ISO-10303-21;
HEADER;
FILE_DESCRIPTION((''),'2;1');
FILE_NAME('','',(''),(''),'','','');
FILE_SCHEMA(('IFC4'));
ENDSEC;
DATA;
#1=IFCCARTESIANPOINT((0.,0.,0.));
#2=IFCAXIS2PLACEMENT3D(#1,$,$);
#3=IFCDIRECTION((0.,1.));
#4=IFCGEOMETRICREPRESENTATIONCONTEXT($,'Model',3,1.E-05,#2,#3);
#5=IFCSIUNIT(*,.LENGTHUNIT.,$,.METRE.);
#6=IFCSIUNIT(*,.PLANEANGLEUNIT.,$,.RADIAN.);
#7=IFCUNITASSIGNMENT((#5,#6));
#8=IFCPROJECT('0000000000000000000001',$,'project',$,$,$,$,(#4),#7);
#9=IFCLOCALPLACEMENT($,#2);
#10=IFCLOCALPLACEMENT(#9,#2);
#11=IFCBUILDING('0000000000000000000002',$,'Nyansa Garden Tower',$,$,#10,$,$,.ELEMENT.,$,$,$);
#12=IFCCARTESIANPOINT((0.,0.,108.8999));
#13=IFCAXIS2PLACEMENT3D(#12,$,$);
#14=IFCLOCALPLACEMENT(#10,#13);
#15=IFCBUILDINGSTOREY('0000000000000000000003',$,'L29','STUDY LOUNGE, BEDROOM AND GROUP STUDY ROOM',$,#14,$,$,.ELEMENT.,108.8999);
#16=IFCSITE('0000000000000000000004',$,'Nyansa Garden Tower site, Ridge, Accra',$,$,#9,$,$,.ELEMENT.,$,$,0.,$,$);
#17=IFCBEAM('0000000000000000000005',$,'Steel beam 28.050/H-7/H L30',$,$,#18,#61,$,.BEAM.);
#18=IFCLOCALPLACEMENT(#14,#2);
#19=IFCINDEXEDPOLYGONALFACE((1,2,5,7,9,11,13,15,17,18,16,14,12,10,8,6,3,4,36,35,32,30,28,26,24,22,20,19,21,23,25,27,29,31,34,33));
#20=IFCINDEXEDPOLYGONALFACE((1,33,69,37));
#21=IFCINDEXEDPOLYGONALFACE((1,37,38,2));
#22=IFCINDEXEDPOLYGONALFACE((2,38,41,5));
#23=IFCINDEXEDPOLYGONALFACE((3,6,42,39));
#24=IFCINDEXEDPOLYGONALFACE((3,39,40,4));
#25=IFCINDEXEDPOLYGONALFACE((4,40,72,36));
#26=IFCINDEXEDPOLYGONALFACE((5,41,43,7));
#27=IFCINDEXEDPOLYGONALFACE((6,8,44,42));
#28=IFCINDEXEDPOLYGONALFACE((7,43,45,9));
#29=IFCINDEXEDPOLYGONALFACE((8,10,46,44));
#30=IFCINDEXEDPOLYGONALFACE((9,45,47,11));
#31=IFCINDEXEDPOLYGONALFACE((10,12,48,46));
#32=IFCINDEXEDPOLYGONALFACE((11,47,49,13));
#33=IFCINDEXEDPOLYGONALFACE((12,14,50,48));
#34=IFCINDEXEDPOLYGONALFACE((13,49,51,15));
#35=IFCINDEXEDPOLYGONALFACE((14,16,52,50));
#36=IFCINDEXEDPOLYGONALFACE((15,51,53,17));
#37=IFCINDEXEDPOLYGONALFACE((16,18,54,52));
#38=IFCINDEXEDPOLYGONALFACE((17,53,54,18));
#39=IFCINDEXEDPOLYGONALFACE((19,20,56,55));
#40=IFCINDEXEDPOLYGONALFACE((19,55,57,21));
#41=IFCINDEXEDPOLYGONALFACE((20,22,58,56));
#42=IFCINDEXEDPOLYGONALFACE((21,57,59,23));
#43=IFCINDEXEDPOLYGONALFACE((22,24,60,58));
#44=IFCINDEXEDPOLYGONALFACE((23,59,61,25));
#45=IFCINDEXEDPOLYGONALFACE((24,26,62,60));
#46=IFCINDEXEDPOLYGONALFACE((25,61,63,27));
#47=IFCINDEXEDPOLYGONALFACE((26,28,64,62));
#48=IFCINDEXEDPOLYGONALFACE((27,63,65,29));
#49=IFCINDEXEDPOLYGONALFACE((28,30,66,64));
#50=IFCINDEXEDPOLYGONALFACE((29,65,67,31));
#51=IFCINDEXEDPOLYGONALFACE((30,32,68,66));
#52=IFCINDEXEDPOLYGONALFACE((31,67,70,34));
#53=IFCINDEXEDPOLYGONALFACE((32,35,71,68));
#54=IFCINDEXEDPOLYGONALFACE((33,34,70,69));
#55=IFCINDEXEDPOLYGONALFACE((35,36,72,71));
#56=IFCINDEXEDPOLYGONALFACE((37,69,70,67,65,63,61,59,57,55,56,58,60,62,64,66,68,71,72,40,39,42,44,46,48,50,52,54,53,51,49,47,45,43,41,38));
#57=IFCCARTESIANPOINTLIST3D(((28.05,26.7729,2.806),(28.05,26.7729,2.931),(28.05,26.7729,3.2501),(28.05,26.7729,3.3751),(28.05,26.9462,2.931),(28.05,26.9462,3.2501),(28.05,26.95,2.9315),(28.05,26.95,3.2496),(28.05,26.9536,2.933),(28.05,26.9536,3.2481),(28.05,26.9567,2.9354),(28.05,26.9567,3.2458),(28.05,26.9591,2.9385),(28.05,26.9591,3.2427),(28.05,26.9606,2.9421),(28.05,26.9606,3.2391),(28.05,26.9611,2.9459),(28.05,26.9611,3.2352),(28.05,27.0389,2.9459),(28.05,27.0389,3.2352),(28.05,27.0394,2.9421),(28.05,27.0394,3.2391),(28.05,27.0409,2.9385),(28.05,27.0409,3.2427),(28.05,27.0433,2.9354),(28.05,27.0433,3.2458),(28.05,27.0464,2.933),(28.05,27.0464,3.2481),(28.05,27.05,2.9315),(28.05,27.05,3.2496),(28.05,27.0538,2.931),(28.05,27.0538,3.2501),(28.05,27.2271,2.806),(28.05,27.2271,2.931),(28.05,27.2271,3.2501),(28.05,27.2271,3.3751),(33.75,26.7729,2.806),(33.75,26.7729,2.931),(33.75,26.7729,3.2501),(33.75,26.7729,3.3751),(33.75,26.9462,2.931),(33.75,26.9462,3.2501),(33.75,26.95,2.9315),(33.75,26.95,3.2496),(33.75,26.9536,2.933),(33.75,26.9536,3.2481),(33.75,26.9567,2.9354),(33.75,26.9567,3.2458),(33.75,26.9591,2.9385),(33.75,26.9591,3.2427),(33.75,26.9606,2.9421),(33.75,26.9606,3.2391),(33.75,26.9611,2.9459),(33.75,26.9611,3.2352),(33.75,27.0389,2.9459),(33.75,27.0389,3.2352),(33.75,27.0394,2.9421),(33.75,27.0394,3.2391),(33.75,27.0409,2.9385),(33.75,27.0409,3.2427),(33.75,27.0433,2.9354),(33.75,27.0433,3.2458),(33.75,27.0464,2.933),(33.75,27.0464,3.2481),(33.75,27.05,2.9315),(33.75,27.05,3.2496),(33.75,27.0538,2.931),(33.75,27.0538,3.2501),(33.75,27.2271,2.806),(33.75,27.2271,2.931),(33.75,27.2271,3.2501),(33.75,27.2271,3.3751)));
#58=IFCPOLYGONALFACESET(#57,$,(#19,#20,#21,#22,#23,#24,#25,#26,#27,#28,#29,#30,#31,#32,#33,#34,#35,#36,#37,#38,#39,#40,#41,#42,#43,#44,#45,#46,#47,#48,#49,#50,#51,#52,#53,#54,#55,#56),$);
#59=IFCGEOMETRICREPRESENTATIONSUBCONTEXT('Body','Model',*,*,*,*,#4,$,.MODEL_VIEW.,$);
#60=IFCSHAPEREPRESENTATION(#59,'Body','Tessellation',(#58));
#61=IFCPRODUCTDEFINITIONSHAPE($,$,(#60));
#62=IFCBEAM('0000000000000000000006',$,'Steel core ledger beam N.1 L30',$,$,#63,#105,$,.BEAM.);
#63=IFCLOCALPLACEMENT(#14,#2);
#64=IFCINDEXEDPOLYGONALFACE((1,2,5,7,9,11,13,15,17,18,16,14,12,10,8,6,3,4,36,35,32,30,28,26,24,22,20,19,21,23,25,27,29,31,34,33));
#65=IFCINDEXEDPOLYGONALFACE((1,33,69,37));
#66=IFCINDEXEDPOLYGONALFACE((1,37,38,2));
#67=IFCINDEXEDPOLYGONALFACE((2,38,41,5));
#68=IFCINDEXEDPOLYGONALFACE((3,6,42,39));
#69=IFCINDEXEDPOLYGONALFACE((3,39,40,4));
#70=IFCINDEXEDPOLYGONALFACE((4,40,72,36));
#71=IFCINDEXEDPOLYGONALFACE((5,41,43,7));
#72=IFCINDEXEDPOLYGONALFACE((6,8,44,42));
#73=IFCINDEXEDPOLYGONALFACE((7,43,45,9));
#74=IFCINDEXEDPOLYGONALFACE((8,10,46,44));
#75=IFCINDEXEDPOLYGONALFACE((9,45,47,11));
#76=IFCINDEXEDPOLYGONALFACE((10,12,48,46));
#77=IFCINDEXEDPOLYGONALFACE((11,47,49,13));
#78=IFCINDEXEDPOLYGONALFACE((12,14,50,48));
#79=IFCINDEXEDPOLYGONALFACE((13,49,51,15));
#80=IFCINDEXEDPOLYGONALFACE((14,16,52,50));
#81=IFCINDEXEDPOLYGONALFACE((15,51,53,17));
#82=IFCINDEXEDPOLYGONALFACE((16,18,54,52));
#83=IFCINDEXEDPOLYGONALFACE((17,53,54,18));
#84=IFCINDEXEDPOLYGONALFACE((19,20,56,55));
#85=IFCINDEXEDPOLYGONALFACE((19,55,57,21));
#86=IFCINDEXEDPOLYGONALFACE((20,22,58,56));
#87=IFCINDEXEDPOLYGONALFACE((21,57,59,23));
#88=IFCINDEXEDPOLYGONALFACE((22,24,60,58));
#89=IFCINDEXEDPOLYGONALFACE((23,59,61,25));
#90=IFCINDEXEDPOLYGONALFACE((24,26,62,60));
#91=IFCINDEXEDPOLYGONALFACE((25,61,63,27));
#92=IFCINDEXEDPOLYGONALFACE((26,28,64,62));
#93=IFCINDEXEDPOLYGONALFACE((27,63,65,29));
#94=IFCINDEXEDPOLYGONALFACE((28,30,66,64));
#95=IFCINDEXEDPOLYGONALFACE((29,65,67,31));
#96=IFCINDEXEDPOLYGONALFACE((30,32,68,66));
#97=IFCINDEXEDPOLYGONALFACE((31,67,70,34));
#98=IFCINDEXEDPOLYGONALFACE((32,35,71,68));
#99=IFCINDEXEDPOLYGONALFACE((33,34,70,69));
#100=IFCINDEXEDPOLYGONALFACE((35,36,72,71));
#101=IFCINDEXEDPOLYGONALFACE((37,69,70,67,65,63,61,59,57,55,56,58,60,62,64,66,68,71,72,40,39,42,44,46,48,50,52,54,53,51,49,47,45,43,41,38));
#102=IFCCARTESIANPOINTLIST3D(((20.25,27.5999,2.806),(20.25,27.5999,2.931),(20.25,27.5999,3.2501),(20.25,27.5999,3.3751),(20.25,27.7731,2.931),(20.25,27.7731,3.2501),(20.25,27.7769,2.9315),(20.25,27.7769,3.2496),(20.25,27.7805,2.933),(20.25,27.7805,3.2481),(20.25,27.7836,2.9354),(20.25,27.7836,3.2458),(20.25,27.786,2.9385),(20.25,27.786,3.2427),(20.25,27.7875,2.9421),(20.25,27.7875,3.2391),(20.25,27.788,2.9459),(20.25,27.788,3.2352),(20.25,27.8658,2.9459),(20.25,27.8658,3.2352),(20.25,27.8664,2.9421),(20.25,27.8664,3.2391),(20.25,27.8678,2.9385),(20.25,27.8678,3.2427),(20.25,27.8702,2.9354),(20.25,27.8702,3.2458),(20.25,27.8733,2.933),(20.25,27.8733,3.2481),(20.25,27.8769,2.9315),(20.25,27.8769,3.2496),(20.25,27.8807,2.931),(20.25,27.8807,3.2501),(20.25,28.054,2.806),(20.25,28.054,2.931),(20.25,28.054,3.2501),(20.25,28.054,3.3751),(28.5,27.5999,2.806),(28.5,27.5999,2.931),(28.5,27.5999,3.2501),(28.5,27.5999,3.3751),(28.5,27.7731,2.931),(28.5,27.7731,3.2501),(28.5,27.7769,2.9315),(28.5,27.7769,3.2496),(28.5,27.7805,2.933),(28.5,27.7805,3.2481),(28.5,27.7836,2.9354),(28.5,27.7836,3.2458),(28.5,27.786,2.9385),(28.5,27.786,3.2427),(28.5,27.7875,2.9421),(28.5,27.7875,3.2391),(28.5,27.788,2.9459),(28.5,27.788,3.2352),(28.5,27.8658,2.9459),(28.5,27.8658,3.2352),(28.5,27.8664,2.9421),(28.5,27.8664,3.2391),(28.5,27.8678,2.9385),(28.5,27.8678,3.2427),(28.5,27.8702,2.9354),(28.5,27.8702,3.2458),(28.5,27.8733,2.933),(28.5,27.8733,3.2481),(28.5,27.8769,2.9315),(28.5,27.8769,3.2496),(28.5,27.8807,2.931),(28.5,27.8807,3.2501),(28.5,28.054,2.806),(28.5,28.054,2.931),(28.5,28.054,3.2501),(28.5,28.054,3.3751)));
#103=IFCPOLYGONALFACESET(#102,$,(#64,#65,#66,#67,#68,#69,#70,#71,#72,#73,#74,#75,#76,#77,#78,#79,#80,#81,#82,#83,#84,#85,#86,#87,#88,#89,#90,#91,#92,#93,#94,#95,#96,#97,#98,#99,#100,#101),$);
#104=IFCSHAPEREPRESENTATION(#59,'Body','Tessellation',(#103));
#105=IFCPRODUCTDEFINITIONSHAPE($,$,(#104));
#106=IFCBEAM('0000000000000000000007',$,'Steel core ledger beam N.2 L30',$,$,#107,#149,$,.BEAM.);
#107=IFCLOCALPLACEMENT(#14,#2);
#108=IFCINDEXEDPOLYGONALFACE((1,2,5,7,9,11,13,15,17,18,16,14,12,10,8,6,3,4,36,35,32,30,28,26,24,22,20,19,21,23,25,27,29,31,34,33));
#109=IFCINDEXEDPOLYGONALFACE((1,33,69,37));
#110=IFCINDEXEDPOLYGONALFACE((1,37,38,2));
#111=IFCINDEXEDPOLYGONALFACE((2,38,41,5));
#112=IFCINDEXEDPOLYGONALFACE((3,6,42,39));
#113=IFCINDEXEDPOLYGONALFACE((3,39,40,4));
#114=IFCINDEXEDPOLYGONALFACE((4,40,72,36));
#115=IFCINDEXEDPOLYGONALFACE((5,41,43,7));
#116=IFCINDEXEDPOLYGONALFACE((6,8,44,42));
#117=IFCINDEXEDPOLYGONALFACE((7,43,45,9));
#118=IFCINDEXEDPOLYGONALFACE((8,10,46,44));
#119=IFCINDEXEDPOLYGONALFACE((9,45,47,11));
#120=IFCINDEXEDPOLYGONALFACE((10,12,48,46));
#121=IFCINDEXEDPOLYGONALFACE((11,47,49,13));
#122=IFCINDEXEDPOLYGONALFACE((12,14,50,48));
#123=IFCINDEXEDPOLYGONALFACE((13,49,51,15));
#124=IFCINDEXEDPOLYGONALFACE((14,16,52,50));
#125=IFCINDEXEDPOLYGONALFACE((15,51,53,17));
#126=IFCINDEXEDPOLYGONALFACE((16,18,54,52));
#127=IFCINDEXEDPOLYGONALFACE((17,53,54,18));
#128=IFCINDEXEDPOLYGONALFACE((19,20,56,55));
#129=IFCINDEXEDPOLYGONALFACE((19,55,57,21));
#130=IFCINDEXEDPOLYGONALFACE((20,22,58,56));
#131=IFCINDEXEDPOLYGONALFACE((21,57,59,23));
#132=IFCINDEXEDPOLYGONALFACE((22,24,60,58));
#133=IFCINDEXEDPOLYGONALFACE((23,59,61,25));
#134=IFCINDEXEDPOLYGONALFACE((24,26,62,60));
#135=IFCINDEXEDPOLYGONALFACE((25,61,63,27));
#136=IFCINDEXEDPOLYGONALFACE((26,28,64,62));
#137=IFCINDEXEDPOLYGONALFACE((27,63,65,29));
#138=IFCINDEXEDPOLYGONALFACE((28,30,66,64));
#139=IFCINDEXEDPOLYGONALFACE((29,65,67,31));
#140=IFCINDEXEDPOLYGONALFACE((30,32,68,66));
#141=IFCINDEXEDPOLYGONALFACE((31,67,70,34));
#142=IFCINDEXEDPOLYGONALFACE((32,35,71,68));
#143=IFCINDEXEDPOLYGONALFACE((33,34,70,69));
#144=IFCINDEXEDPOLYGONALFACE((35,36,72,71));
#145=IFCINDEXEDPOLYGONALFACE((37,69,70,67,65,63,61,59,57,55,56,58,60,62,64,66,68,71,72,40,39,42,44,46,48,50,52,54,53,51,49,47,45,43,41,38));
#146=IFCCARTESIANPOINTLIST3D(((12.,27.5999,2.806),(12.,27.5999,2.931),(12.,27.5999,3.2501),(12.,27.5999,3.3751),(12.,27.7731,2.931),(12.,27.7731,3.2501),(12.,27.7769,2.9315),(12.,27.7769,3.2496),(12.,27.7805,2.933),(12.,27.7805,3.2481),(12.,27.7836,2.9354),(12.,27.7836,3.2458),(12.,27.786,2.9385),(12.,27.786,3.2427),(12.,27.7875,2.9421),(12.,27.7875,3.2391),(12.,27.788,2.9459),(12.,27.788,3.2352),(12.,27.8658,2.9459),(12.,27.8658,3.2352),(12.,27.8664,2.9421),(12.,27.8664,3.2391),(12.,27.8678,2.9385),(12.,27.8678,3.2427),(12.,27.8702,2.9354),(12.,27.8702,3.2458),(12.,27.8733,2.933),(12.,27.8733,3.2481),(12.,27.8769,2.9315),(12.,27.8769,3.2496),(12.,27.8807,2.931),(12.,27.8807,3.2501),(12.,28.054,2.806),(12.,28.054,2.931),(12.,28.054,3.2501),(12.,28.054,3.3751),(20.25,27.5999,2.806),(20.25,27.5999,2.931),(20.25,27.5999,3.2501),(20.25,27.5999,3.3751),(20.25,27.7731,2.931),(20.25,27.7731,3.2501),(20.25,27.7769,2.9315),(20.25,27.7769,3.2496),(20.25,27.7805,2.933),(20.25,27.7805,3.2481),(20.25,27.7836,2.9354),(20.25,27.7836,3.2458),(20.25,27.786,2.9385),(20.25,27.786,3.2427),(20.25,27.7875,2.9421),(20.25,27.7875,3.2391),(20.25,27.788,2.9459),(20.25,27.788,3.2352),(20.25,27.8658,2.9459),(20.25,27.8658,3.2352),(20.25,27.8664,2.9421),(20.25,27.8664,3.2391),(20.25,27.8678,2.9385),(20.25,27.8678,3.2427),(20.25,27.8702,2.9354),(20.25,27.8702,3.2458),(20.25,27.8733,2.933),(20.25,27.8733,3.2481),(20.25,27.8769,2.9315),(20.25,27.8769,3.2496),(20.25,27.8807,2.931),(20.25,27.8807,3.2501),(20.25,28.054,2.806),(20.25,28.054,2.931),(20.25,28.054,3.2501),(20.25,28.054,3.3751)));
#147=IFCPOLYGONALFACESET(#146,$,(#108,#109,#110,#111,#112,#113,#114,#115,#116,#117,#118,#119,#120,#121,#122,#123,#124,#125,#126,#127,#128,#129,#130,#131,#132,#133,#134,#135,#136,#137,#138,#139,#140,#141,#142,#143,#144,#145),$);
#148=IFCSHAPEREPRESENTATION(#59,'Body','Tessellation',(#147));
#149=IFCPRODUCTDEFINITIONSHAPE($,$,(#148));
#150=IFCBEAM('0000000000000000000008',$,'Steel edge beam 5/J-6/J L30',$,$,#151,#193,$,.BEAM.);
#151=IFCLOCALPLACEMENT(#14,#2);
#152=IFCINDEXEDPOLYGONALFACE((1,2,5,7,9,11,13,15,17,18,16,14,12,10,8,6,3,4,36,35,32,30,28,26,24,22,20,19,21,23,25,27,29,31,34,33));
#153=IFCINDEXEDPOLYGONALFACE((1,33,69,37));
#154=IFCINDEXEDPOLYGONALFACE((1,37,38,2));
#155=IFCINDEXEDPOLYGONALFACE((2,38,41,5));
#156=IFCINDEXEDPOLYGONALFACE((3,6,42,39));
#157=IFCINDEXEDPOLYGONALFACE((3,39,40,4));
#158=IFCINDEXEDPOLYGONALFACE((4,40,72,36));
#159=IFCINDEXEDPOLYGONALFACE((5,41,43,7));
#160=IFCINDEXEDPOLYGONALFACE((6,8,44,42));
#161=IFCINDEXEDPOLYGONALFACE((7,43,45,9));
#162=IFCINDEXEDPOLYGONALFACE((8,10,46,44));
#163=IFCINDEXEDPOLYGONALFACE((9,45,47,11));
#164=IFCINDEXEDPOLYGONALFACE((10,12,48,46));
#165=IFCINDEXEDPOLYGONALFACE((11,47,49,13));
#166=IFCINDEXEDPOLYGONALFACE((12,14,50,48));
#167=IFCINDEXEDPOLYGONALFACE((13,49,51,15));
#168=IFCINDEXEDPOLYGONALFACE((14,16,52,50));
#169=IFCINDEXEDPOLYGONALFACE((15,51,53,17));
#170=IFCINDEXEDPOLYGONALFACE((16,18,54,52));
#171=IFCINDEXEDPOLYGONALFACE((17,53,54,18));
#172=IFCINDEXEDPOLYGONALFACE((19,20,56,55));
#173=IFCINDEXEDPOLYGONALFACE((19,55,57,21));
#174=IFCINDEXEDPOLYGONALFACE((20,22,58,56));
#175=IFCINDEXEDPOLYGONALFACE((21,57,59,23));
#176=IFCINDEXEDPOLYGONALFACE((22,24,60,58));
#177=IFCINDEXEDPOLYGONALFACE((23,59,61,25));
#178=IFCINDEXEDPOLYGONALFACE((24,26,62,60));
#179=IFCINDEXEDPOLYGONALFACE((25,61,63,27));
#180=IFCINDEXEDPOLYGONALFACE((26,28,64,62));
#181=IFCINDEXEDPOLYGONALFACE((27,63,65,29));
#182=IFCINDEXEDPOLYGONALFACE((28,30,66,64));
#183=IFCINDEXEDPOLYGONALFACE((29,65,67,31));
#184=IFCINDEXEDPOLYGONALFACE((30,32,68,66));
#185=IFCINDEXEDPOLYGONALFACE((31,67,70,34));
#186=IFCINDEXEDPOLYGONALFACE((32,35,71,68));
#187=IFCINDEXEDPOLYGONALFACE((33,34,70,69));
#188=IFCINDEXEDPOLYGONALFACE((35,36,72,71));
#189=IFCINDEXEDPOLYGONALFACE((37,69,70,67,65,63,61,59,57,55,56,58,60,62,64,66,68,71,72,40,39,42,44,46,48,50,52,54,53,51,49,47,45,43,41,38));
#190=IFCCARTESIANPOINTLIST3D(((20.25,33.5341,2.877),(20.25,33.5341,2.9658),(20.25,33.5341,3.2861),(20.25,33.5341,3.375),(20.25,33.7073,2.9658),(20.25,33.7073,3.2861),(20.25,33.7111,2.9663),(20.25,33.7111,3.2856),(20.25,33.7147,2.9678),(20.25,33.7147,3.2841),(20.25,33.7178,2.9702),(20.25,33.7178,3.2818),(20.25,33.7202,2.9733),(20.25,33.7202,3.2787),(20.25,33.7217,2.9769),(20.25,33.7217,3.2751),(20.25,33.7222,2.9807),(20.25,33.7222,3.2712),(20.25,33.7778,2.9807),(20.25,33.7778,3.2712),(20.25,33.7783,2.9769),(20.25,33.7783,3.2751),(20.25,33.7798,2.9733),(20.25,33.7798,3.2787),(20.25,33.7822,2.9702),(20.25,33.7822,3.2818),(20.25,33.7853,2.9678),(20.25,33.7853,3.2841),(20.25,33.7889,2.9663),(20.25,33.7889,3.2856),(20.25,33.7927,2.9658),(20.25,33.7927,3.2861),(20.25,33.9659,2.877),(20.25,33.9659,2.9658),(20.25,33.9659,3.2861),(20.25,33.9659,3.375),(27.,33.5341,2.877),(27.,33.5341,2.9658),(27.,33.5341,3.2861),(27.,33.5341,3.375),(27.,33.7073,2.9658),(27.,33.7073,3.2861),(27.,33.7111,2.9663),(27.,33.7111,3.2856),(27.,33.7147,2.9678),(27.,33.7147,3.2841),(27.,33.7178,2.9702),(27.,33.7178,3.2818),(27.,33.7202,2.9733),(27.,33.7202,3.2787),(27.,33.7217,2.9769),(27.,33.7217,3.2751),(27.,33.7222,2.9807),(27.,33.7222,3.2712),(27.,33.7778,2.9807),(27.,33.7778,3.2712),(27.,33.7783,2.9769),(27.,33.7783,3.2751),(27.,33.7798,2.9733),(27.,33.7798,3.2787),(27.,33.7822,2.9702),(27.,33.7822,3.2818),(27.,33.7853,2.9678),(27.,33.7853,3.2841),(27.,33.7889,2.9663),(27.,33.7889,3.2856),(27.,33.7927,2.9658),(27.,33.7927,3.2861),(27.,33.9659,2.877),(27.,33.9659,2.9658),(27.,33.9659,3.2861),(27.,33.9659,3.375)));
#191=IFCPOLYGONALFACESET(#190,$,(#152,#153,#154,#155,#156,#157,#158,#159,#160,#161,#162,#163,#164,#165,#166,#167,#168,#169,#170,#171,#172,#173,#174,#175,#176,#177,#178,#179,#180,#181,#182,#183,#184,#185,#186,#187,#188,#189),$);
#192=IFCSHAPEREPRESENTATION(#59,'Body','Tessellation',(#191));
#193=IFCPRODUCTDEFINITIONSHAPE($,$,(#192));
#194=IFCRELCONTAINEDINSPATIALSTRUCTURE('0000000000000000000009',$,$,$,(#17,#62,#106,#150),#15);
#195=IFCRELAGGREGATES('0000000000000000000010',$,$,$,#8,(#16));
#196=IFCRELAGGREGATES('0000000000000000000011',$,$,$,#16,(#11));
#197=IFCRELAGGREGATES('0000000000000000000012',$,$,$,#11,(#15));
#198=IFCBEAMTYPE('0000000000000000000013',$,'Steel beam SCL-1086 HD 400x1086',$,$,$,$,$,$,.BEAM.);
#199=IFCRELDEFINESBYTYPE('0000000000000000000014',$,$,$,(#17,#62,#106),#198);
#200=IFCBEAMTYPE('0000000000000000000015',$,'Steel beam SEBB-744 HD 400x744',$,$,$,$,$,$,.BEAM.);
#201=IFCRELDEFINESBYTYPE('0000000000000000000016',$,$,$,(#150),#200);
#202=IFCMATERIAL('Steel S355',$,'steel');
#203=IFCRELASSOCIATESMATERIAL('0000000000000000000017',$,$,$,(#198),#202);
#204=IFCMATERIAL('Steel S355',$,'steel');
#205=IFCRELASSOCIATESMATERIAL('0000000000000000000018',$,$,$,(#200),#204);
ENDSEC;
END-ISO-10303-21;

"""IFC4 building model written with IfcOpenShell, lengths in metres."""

from ifc_helpers import new_model, si_unit, direction, frame, origin, origin_2d, place, context, subcontext, project, spatial, i_section, extrude, material, material_profile, profile_set, type_object, element, save


model = new_model("IFC4")

# Units and contexts
model_context = context("Model", 3, precision=1e-05, world=origin(), true_north=direction((0.0, 1.0)))
body_context = subcontext(model_context, "Body", "Model", "MODEL_VIEW")
ifc_project = project(units=[si_unit("LENGTHUNIT", "METRE"), si_unit("PLANEANGLEUNIT", "RADIAN")], contexts=[model_context])

# Site, building, storey
site_placement = place(None, origin())
site = spatial("IfcSite", under=ifc_project, at=site_placement, Name="Nyansa Garden Tower site, Ridge, Accra", CompositionType="ELEMENT", RefElevation=0.0)
building_placement = place(site_placement, origin())
building = spatial("IfcBuilding", under=site, at=building_placement, Name="Nyansa Garden Tower", CompositionType="ELEMENT")
storey_placement = place(building_placement, frame((0.0, 0.0, 108.8999)))
storey = spatial("IfcBuildingStorey", under=building, at=storey_placement, Name="L29", Description="STUDY LOUNGE, BEDROOM AND GROUP STUDY ROOM", CompositionType="ELEMENT", Elevation=108.8999)

# Beams
ifc_material_1 = material(Name="Steel S355", Category="steel")
ifc_material_profile_1 = material_profile(ifc_material_1, i_section(OverallWidth=0.4541, OverallDepth=0.5691, WebThickness=0.0779, FlangeThickness=0.125, FilletRadius=0.0149, at=origin_2d()), Name="HD 400x1086")
ifc_profile_set_1 = profile_set([ifc_material_profile_1], Name="Steel S355")
beam_type_1 = type_object("IfcBeamType", Name="Steel beam SCL-1086 HD 400x1086", PredefinedType="BEAM", material=ifc_profile_set_1)
for number, where, z_axis, x_axis, name in (
    (1, (28.05, 27.0, 3.0906), (1.0, 0.0, 0.0), (0.0, 1.0, 0.0), "Steel beam 28.050/H-7/H L30"),
):
    element("IfcBeam", number, at=place(storey_placement, frame(where, z_axis=z_axis, x_axis=x_axis)), inside=storey, type_object=beam_type_1, Name=name, PredefinedType="BEAM", context=body_context, shape_type="SweptSolid", body=[
        extrude(i_section(OverallWidth=0.4541, OverallDepth=0.5691, WebThickness=0.0779, FlangeThickness=0.125, FilletRadius=0.0149, at=origin_2d()), origin(), (0.0, 0.0, 1.0), 5.7),
    ])
for number, where, z_axis, x_axis, name in (
    (2, (28.5, 27.8269, 3.0906), (-1.0, 0.0, 0.0), (0.0, -1.0, 0.0), "Steel core ledger beam N.1 L30"),
    (3, (20.25, 27.8269, 3.0906), (-1.0, 0.0, 0.0), (0.0, -1.0, 0.0), "Steel core ledger beam N.2 L30"),
):
    element("IfcBeam", number, at=place(storey_placement, frame(where, z_axis=z_axis, x_axis=x_axis)), inside=storey, type_object=beam_type_1, Name=name, PredefinedType="BEAM", context=body_context, shape_type="SweptSolid", body=[
        extrude(i_section(OverallWidth=0.4541, OverallDepth=0.5691, WebThickness=0.0779, FlangeThickness=0.125, FilletRadius=0.0149, at=origin_2d()), origin(), (0.0, 0.0, 1.0), 8.25),
    ])
ifc_material_2 = material(Name="Steel S355", Category="steel")
ifc_material_profile_2 = material_profile(ifc_material_2, i_section(OverallWidth=0.4319, OverallDepth=0.498, WebThickness=0.0557, FlangeThickness=0.0889, FilletRadius=0.0149, at=origin_2d()), Name="HD 400x744")
ifc_profile_set_2 = profile_set([ifc_material_profile_2], Name="Steel S355")
beam_type_2 = type_object("IfcBeamType", Name="Steel beam SEBB-744 HD 400x744", PredefinedType="BEAM", material=ifc_profile_set_2)
for number, where, z_axis, x_axis, name in (
    (4, (20.25, 33.75, 3.126), (1.0, 0.0, 0.0), (0.0, 1.0, 0.0), "Steel edge beam 5/J-6/J L30"),
):
    element("IfcBeam", number, at=place(storey_placement, frame(where, z_axis=z_axis, x_axis=x_axis)), inside=storey, type_object=beam_type_2, Name=name, PredefinedType="BEAM", context=body_context, shape_type="SweptSolid", body=[
        extrude(i_section(OverallWidth=0.4319, OverallDepth=0.498, WebThickness=0.0557, FlangeThickness=0.0889, FilletRadius=0.0149, at=origin_2d()), origin(), (0.0, 0.0, 1.0), 6.75),
    ])

save(model, "model.ifc")
